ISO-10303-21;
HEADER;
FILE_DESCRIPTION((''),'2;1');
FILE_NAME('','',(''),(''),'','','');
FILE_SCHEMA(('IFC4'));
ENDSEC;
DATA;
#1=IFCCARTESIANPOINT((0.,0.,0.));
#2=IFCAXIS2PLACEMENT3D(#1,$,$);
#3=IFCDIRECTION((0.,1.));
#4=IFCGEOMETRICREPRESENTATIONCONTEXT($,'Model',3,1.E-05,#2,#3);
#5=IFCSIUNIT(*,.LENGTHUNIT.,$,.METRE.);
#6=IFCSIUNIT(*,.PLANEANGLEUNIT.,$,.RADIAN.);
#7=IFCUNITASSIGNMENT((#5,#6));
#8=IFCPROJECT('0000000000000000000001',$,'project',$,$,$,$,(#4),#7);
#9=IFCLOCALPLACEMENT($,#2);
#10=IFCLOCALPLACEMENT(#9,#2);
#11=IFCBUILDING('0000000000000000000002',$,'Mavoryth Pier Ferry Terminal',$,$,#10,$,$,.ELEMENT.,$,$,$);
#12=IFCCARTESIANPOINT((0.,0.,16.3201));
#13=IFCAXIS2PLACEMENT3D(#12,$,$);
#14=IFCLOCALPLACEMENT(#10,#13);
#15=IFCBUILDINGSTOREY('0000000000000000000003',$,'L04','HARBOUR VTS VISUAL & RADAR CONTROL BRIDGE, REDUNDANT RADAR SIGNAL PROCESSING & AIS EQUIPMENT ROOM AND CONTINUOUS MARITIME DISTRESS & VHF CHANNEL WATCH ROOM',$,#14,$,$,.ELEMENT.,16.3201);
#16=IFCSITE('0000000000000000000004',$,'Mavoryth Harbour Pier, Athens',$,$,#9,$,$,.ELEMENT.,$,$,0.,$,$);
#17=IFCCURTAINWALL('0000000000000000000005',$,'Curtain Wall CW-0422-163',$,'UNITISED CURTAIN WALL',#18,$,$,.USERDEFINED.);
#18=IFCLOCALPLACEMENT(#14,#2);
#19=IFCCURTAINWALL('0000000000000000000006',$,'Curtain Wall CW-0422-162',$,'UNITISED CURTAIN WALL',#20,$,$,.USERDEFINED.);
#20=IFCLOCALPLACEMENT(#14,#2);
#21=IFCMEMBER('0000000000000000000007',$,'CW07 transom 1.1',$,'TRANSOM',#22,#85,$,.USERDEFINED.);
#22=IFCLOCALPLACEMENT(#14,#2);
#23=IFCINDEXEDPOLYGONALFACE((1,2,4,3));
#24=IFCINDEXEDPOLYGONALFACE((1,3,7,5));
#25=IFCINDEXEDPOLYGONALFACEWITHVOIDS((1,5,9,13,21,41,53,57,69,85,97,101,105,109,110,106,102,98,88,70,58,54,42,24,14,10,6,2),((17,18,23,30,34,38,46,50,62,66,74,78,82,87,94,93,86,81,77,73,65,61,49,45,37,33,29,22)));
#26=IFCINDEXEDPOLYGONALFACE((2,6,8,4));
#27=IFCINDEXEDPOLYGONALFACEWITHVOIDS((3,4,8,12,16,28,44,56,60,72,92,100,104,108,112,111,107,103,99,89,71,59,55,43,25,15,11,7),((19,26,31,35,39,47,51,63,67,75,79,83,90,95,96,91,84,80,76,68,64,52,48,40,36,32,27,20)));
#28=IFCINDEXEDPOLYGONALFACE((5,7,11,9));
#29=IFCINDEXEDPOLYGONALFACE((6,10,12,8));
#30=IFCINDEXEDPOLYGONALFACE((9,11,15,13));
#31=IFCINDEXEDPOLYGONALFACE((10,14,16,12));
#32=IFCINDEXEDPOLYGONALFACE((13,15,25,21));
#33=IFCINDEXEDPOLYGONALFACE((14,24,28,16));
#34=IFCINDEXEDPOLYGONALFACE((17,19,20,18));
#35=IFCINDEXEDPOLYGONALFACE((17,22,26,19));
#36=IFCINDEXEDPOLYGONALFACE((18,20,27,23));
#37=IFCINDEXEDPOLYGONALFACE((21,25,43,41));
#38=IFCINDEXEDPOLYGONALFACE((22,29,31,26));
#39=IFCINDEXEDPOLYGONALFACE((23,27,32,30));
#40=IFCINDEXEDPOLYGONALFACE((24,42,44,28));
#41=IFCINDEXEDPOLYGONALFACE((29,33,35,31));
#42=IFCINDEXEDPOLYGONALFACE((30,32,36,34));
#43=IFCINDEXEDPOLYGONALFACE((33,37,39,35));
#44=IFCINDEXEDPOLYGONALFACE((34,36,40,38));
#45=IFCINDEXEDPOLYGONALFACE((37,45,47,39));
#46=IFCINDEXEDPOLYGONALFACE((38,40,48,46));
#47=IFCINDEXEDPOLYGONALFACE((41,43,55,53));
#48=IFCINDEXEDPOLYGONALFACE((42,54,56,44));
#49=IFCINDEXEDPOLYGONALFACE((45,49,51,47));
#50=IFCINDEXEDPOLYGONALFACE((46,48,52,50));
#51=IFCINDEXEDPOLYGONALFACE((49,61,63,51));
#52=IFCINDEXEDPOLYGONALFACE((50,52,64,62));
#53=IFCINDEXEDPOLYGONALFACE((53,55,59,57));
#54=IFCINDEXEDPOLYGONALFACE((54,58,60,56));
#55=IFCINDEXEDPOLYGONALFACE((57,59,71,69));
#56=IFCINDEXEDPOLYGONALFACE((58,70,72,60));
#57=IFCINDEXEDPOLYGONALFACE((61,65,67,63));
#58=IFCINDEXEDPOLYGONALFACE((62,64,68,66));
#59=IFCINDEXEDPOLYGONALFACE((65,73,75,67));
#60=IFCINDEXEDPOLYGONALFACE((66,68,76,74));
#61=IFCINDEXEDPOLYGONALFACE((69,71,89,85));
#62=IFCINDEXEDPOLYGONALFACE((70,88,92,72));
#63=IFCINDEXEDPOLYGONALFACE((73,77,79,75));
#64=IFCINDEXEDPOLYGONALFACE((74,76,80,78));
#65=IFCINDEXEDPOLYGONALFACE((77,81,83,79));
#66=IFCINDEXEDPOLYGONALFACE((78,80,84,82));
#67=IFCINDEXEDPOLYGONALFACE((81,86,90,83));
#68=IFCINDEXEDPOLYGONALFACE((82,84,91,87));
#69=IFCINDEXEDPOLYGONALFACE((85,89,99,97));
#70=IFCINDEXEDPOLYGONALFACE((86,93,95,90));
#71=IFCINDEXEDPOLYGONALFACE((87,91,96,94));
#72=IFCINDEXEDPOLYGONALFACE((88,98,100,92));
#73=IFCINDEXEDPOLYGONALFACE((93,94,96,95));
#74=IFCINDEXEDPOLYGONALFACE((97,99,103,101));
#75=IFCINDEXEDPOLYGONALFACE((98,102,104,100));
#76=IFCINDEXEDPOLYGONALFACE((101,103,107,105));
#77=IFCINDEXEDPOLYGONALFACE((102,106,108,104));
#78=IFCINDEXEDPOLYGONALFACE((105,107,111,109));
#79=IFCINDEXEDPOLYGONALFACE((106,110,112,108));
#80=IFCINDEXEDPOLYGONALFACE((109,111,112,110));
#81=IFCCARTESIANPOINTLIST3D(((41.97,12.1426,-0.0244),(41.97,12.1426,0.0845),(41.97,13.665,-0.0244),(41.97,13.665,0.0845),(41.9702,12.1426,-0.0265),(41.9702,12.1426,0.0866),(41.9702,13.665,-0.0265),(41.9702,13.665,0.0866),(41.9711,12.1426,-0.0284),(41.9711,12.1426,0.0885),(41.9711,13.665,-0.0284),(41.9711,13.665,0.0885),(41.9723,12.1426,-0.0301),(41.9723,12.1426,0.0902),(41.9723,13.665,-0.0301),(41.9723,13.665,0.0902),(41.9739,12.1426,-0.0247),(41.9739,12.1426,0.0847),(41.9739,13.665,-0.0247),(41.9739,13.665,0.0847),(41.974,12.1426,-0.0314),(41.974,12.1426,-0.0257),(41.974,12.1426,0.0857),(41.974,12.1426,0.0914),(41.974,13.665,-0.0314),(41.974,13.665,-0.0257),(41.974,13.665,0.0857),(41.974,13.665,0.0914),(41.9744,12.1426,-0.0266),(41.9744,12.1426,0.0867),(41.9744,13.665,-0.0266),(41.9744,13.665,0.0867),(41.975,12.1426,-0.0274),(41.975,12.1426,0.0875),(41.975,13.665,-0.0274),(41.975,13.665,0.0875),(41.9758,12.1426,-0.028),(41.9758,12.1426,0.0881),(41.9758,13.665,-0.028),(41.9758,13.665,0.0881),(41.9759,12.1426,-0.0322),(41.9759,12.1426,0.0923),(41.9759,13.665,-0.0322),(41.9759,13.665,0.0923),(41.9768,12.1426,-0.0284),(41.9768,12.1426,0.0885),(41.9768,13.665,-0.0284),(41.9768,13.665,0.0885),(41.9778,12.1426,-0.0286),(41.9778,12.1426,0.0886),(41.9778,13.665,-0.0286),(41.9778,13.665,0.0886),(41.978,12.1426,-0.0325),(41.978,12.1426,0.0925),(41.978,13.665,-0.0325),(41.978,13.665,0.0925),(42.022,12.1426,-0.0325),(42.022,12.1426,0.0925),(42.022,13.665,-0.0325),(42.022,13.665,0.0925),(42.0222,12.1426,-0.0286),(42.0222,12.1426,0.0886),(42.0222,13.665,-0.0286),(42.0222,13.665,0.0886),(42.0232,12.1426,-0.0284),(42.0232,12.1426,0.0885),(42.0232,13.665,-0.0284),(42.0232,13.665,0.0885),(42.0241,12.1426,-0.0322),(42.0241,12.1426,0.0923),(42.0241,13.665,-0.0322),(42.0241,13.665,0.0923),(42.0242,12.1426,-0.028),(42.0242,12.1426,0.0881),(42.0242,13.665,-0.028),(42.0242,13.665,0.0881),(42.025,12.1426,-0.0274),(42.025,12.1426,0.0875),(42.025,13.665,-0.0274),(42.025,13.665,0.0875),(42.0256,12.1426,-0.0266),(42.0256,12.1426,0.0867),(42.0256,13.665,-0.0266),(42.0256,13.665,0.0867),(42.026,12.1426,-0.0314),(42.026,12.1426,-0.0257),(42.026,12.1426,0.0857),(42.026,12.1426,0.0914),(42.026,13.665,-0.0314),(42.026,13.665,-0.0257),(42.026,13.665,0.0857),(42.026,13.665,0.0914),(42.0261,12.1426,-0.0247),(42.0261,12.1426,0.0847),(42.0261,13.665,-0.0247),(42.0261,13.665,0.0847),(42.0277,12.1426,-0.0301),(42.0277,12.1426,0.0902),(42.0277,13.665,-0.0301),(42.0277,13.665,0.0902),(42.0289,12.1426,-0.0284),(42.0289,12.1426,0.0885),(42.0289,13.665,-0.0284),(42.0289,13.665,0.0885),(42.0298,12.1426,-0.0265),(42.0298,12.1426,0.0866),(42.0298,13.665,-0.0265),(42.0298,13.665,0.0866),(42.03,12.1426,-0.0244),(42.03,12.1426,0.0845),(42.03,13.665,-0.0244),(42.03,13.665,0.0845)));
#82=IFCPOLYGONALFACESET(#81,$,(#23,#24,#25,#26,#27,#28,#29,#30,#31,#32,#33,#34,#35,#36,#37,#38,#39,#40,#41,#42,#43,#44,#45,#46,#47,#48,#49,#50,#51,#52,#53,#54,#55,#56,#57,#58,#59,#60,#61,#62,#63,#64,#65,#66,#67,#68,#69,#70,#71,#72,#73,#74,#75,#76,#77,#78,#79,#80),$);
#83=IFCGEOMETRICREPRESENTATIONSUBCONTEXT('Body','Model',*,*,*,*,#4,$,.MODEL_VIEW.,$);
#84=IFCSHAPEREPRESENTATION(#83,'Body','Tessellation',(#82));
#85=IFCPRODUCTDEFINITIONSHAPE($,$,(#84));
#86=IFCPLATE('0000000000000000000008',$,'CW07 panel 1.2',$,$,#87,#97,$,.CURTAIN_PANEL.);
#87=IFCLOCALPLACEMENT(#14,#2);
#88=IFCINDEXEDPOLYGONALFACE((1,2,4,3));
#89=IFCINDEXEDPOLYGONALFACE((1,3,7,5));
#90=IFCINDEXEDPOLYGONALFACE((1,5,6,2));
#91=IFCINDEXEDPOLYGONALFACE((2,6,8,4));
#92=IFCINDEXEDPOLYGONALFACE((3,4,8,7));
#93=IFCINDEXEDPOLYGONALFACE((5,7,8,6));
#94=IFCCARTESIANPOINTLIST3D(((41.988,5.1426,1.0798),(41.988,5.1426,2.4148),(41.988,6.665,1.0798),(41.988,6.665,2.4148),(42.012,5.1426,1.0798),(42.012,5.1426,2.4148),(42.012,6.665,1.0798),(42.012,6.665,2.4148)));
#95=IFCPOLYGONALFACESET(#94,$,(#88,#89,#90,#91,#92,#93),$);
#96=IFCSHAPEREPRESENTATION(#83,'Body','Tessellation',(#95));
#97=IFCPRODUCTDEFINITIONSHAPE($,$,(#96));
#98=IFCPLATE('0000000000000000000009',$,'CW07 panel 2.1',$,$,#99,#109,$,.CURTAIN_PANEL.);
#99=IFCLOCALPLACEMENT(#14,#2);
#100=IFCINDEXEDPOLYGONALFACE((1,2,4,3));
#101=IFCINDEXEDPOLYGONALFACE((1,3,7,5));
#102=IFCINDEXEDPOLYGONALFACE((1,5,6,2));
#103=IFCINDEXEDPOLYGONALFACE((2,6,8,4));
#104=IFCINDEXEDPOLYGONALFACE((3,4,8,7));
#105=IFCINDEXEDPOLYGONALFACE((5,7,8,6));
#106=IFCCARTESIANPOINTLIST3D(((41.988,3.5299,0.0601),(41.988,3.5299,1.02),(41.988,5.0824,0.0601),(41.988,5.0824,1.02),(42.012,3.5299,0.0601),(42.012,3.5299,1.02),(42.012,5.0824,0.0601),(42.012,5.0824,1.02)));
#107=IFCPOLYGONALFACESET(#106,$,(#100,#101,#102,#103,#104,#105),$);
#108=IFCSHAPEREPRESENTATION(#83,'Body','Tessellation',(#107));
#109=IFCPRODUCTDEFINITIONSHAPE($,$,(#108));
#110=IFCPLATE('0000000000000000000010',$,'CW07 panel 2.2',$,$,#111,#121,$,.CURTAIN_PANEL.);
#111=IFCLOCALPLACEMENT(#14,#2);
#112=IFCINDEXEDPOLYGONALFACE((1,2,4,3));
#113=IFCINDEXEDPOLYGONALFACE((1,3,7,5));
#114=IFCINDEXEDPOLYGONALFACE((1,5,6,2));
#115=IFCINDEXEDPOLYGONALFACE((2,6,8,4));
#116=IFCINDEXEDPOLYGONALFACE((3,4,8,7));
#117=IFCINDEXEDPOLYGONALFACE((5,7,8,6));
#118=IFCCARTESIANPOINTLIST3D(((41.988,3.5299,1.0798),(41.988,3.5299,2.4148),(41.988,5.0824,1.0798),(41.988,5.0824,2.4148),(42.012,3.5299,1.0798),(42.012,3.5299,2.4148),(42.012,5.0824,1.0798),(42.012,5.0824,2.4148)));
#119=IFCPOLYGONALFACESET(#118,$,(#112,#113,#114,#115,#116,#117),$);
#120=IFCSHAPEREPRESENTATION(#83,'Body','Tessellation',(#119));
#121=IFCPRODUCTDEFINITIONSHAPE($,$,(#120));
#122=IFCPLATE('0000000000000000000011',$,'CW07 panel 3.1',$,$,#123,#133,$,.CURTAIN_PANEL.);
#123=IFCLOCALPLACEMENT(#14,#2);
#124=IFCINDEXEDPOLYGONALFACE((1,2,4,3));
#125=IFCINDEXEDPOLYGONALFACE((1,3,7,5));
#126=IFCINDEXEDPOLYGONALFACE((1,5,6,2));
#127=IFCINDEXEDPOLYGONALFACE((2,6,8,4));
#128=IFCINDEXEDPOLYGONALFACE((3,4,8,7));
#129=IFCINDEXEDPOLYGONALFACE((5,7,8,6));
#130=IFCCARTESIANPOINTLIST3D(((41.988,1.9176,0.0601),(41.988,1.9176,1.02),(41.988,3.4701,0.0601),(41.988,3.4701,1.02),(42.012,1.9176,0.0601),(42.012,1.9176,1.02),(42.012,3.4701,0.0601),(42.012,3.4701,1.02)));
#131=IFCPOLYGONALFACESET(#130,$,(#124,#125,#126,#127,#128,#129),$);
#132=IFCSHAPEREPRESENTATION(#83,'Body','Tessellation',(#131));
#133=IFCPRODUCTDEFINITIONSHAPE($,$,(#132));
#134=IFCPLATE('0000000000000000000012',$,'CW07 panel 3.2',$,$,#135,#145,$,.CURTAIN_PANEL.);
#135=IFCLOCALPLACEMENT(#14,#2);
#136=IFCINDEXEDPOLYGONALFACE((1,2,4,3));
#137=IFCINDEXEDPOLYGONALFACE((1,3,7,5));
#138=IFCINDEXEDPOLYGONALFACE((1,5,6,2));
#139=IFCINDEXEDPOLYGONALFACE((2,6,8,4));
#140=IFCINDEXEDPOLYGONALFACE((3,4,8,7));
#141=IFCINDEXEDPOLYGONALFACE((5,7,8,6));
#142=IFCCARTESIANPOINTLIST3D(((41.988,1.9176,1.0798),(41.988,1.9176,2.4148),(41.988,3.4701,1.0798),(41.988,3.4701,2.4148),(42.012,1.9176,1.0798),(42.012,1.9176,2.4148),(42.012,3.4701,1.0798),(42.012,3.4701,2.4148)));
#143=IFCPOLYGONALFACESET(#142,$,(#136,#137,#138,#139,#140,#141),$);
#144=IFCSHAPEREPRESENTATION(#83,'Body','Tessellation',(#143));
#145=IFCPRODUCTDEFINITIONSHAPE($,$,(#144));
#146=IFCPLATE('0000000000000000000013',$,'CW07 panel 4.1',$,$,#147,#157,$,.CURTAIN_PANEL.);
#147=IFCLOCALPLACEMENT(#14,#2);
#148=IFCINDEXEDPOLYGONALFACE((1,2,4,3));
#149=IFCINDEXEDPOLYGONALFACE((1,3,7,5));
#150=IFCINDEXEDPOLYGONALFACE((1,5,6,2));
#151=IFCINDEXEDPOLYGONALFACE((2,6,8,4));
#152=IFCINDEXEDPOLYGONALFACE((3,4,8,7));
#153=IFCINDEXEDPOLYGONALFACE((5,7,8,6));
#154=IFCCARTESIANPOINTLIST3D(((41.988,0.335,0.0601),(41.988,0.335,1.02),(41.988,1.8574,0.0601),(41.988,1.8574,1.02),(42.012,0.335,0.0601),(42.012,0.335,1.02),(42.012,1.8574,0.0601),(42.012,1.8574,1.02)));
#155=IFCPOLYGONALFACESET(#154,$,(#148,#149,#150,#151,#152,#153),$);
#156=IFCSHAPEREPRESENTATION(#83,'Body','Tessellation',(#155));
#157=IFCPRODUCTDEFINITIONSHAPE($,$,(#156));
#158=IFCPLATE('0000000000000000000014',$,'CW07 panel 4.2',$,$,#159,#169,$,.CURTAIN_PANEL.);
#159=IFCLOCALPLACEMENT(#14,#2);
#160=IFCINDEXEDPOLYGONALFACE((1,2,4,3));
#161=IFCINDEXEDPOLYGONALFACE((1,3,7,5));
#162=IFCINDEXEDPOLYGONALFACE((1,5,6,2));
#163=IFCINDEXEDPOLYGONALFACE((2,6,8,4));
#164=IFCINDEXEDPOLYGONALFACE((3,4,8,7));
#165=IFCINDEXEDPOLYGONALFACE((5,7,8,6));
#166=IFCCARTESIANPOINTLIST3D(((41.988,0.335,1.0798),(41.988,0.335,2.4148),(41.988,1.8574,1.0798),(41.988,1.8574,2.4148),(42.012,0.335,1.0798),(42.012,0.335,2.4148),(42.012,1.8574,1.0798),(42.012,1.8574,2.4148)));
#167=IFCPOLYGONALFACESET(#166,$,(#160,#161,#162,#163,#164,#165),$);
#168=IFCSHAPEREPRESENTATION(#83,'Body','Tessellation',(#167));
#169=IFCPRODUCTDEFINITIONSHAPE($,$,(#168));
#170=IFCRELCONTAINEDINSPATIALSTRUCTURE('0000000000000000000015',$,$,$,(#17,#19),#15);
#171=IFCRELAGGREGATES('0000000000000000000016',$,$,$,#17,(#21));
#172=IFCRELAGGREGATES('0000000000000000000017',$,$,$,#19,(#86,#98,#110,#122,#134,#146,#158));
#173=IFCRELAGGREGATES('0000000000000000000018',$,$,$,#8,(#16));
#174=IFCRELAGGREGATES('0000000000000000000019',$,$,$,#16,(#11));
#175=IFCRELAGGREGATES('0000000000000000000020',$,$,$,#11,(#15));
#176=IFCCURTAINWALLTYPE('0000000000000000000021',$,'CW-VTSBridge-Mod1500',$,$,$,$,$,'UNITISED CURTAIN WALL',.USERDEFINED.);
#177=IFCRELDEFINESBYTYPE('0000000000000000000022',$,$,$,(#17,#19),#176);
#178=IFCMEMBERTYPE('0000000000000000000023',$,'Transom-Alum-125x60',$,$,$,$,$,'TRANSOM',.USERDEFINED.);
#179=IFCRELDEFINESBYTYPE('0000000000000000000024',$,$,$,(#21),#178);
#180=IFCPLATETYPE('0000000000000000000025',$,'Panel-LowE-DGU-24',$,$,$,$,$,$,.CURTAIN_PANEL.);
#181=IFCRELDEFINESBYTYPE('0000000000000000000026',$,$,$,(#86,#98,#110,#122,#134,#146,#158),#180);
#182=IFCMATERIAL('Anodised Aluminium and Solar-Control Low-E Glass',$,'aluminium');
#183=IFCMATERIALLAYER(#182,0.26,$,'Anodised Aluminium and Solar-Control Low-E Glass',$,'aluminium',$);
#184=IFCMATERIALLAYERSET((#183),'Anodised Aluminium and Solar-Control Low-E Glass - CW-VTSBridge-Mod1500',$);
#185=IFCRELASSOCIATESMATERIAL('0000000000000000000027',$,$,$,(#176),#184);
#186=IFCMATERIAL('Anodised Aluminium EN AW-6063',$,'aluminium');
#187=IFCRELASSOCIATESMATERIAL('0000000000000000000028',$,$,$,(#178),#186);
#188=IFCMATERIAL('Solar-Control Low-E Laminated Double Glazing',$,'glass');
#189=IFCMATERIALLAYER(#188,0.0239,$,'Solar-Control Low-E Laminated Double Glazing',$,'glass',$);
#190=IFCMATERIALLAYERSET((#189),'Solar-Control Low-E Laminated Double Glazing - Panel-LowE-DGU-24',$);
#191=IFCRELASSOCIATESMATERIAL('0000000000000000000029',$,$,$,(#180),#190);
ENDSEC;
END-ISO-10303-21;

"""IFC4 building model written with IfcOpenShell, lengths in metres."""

from ifc_helpers import new_model, si_unit, direction, frame, origin, origin_2d, place, context, subcontext, project, spatial, rectangle, hollow_rectangle, extrude, material, layer, layer_set, material_profile, profile_set, type_object, element, aggregate, save


model = new_model("IFC4")

# Units and contexts
model_context = context("Model", 3, precision=1e-05, world=origin(), true_north=direction((0.0, 1.0)))
body_context = subcontext(model_context, "Body", "Model", "MODEL_VIEW")
ifc_project = project(units=[si_unit("LENGTHUNIT", "METRE"), si_unit("PLANEANGLEUNIT", "RADIAN")], contexts=[model_context])

# Site, building, storey
site_placement = place(None, origin())
site = spatial("IfcSite", under=ifc_project, at=site_placement, Name="Mavoryth Harbour Pier, Athens", CompositionType="ELEMENT", RefElevation=0.0)
building_placement = place(site_placement, origin())
building = spatial("IfcBuilding", under=site, at=building_placement, Name="Mavoryth Pier Ferry Terminal", CompositionType="ELEMENT")
storey_placement = place(building_placement, frame((0.0, 0.0, 16.3201)))
storey = spatial("IfcBuildingStorey", under=building, at=storey_placement, Name="L04", Description="HARBOUR VTS VISUAL & RADAR CONTROL BRIDGE, REDUNDANT RADAR SIGNAL PROCESSING & AIS EQUIPMENT ROOM AND CONTINUOUS MARITIME DISTRESS & VHF CHANNEL WATCH ROOM", CompositionType="ELEMENT", Elevation=16.3201)

# Curtain walls
ifc_material_1 = material(Name="Anodised Aluminium and Solar-Control Low-E Glass", Category="aluminium")
ifc_layer_1 = layer(ifc_material_1, 0.26, Name="Anodised Aluminium and Solar-Control Low-E Glass", Category="aluminium")
ifc_layer_set_1 = layer_set([ifc_layer_1], Name="Anodised Aluminium and Solar-Control Low-E Glass - CW-VTSBridge-Mod1500")
curtain_wall_type = type_object("IfcCurtainWallType", Name="CW-VTSBridge-Mod1500", ElementType="UNITISED CURTAIN WALL", PredefinedType="USERDEFINED", material=ifc_layer_set_1)
curtain_wall_1_placement = place(storey_placement, origin())
curtain_wall_1 = element("IfcCurtainWall", 1, at=curtain_wall_1_placement, inside=storey, type_object=curtain_wall_type, Name="Curtain Wall CW-0422-163", ObjectType="UNITISED CURTAIN WALL", PredefinedType="USERDEFINED")
ifc_material_2 = material(Name="Anodised Aluminium EN AW-6063", Category="aluminium")
curtain_wall_2_placement = place(storey_placement, origin())
curtain_wall_2 = element("IfcCurtainWall", 2, at=curtain_wall_2_placement, inside=storey, type_object=curtain_wall_type, Name="Curtain Wall CW-0422-162", ObjectType="UNITISED CURTAIN WALL", PredefinedType="USERDEFINED")
ifc_material_profile_1 = material_profile(ifc_material_2, hollow_rectangle(XDim=0.0601, YDim=0.125, WallThickness=0.0039, InnerFilletRadius=0.0039, OuterFilletRadius=0.0081, at=origin_2d()), Name="AL-TRAN 125x60x4", Category="aluminium")
ifc_profile_set_1 = profile_set([ifc_material_profile_1], Name="Anodised Aluminium EN AW-6063 - AL-TRAN 125x60x4")
member_type_1 = type_object("IfcMemberType", Name="Transom-Alum-125x60", ElementType="TRANSOM", PredefinedType="USERDEFINED", material=ifc_profile_set_1)

# Member
member_1_placement = place(storey_placement, frame((42.0, 13.665, 0.03), z_axis=(0.0, -1.0, 0.0), x_axis=(1.0, 0.0, 0.0)))
member_1 = element("IfcMember", 3, at=member_1_placement, type_object=member_type_1, Name="CW07 transom 1.1", ObjectType="TRANSOM", PredefinedType="USERDEFINED", context=body_context, shape_type="SweptSolid", body=[
    extrude(hollow_rectangle(XDim=0.0601, YDim=0.125, WallThickness=0.0039, InnerFilletRadius=0.0039, OuterFilletRadius=0.0081, at=origin_2d()), origin(), (0.0, 0.0, 1.0), 1.5225),
])
aggregate(curtain_wall_1, [member_1])

# Plates
ifc_material_3 = material(Name="Solar-Control Low-E Laminated Double Glazing", Category="glass")
ifc_layer_2 = layer(ifc_material_3, 0.0239, Name="Solar-Control Low-E Laminated Double Glazing", Category="glass")
ifc_layer_set_2 = layer_set([ifc_layer_2], Name="Solar-Control Low-E Laminated Double Glazing - Panel-LowE-DGU-24")
plate_type = type_object("IfcPlateType", Name="Panel-LowE-DGU-24", PredefinedType="CURTAIN_PANEL", material=ifc_layer_set_2)
plate_1_placement = place(storey_placement, frame((42.0, 5.9038, 1.0798), z_axis=(0.0, 0.0, 1.0), x_axis=(0.0, -1.0, 0.0)))
plate_1 = element("IfcPlate", 4, at=plate_1_placement, type_object=plate_type, Name="CW07 panel 1.2", PredefinedType="CURTAIN_PANEL", context=body_context, shape_type="SweptSolid", body=[
    extrude(rectangle(XDim=1.5225, YDim=0.0239, at=origin_2d()), origin(), (0.0, 0.0, 1.0), 1.335),
])
plate_2_placement = place(storey_placement, frame((42.0, 4.3062, 0.0601), z_axis=(0.0, 0.0, 1.0), x_axis=(0.0, -1.0, 0.0)))
plate_2 = element("IfcPlate", 5, at=plate_2_placement, type_object=plate_type, Name="CW07 panel 2.1", PredefinedType="CURTAIN_PANEL", context=body_context, shape_type="SweptSolid", body=[
    extrude(rectangle(XDim=1.5525, YDim=0.0239, at=origin_2d()), origin(), (0.0, 0.0, 1.0), 0.96),
])
plate_3_placement = place(storey_placement, frame((42.0, 4.3062, 1.0798), z_axis=(0.0, 0.0, 1.0), x_axis=(0.0, -1.0, 0.0)))
plate_3 = element("IfcPlate", 6, at=plate_3_placement, type_object=plate_type, Name="CW07 panel 2.2", PredefinedType="CURTAIN_PANEL", context=body_context, shape_type="SweptSolid", body=[
    extrude(rectangle(XDim=1.5525, YDim=0.0239, at=origin_2d()), origin(), (0.0, 0.0, 1.0), 1.335),
])
plate_4_placement = place(storey_placement, frame((42.0, 2.6938, 0.0601), z_axis=(0.0, 0.0, 1.0), x_axis=(0.0, -1.0, 0.0)))
plate_4 = element("IfcPlate", 7, at=plate_4_placement, type_object=plate_type, Name="CW07 panel 3.1", PredefinedType="CURTAIN_PANEL", context=body_context, shape_type="SweptSolid", body=[
    extrude(rectangle(XDim=1.5525, YDim=0.0239, at=origin_2d()), origin(), (0.0, 0.0, 1.0), 0.96),
])
plate_5_placement = place(storey_placement, frame((42.0, 2.6938, 1.0798), z_axis=(0.0, 0.0, 1.0), x_axis=(0.0, -1.0, 0.0)))
plate_5 = element("IfcPlate", 8, at=plate_5_placement, type_object=plate_type, Name="CW07 panel 3.2", PredefinedType="CURTAIN_PANEL", context=body_context, shape_type="SweptSolid", body=[
    extrude(rectangle(XDim=1.5525, YDim=0.0239, at=origin_2d()), origin(), (0.0, 0.0, 1.0), 1.335),
])
plate_6_placement = place(storey_placement, frame((42.0, 1.0962, 0.0601), z_axis=(0.0, 0.0, 1.0), x_axis=(0.0, -1.0, 0.0)))
plate_6 = element("IfcPlate", 9, at=plate_6_placement, type_object=plate_type, Name="CW07 panel 4.1", PredefinedType="CURTAIN_PANEL", context=body_context, shape_type="SweptSolid", body=[
    extrude(rectangle(XDim=1.5225, YDim=0.0239, at=origin_2d()), origin(), (0.0, 0.0, 1.0), 0.96),
])
plate_7_placement = place(storey_placement, frame((42.0, 1.0962, 1.0798), z_axis=(0.0, 0.0, 1.0), x_axis=(0.0, -1.0, 0.0)))
plate_7 = element("IfcPlate", 10, at=plate_7_placement, type_object=plate_type, Name="CW07 panel 4.2", PredefinedType="CURTAIN_PANEL", context=body_context, shape_type="SweptSolid", body=[
    extrude(rectangle(XDim=1.5225, YDim=0.0239, at=origin_2d()), origin(), (0.0, 0.0, 1.0), 1.335),
])
aggregate(curtain_wall_2, [plate_1, plate_2, plate_3, plate_4, plate_5, plate_6, plate_7])

save(model, "model.ifc")
